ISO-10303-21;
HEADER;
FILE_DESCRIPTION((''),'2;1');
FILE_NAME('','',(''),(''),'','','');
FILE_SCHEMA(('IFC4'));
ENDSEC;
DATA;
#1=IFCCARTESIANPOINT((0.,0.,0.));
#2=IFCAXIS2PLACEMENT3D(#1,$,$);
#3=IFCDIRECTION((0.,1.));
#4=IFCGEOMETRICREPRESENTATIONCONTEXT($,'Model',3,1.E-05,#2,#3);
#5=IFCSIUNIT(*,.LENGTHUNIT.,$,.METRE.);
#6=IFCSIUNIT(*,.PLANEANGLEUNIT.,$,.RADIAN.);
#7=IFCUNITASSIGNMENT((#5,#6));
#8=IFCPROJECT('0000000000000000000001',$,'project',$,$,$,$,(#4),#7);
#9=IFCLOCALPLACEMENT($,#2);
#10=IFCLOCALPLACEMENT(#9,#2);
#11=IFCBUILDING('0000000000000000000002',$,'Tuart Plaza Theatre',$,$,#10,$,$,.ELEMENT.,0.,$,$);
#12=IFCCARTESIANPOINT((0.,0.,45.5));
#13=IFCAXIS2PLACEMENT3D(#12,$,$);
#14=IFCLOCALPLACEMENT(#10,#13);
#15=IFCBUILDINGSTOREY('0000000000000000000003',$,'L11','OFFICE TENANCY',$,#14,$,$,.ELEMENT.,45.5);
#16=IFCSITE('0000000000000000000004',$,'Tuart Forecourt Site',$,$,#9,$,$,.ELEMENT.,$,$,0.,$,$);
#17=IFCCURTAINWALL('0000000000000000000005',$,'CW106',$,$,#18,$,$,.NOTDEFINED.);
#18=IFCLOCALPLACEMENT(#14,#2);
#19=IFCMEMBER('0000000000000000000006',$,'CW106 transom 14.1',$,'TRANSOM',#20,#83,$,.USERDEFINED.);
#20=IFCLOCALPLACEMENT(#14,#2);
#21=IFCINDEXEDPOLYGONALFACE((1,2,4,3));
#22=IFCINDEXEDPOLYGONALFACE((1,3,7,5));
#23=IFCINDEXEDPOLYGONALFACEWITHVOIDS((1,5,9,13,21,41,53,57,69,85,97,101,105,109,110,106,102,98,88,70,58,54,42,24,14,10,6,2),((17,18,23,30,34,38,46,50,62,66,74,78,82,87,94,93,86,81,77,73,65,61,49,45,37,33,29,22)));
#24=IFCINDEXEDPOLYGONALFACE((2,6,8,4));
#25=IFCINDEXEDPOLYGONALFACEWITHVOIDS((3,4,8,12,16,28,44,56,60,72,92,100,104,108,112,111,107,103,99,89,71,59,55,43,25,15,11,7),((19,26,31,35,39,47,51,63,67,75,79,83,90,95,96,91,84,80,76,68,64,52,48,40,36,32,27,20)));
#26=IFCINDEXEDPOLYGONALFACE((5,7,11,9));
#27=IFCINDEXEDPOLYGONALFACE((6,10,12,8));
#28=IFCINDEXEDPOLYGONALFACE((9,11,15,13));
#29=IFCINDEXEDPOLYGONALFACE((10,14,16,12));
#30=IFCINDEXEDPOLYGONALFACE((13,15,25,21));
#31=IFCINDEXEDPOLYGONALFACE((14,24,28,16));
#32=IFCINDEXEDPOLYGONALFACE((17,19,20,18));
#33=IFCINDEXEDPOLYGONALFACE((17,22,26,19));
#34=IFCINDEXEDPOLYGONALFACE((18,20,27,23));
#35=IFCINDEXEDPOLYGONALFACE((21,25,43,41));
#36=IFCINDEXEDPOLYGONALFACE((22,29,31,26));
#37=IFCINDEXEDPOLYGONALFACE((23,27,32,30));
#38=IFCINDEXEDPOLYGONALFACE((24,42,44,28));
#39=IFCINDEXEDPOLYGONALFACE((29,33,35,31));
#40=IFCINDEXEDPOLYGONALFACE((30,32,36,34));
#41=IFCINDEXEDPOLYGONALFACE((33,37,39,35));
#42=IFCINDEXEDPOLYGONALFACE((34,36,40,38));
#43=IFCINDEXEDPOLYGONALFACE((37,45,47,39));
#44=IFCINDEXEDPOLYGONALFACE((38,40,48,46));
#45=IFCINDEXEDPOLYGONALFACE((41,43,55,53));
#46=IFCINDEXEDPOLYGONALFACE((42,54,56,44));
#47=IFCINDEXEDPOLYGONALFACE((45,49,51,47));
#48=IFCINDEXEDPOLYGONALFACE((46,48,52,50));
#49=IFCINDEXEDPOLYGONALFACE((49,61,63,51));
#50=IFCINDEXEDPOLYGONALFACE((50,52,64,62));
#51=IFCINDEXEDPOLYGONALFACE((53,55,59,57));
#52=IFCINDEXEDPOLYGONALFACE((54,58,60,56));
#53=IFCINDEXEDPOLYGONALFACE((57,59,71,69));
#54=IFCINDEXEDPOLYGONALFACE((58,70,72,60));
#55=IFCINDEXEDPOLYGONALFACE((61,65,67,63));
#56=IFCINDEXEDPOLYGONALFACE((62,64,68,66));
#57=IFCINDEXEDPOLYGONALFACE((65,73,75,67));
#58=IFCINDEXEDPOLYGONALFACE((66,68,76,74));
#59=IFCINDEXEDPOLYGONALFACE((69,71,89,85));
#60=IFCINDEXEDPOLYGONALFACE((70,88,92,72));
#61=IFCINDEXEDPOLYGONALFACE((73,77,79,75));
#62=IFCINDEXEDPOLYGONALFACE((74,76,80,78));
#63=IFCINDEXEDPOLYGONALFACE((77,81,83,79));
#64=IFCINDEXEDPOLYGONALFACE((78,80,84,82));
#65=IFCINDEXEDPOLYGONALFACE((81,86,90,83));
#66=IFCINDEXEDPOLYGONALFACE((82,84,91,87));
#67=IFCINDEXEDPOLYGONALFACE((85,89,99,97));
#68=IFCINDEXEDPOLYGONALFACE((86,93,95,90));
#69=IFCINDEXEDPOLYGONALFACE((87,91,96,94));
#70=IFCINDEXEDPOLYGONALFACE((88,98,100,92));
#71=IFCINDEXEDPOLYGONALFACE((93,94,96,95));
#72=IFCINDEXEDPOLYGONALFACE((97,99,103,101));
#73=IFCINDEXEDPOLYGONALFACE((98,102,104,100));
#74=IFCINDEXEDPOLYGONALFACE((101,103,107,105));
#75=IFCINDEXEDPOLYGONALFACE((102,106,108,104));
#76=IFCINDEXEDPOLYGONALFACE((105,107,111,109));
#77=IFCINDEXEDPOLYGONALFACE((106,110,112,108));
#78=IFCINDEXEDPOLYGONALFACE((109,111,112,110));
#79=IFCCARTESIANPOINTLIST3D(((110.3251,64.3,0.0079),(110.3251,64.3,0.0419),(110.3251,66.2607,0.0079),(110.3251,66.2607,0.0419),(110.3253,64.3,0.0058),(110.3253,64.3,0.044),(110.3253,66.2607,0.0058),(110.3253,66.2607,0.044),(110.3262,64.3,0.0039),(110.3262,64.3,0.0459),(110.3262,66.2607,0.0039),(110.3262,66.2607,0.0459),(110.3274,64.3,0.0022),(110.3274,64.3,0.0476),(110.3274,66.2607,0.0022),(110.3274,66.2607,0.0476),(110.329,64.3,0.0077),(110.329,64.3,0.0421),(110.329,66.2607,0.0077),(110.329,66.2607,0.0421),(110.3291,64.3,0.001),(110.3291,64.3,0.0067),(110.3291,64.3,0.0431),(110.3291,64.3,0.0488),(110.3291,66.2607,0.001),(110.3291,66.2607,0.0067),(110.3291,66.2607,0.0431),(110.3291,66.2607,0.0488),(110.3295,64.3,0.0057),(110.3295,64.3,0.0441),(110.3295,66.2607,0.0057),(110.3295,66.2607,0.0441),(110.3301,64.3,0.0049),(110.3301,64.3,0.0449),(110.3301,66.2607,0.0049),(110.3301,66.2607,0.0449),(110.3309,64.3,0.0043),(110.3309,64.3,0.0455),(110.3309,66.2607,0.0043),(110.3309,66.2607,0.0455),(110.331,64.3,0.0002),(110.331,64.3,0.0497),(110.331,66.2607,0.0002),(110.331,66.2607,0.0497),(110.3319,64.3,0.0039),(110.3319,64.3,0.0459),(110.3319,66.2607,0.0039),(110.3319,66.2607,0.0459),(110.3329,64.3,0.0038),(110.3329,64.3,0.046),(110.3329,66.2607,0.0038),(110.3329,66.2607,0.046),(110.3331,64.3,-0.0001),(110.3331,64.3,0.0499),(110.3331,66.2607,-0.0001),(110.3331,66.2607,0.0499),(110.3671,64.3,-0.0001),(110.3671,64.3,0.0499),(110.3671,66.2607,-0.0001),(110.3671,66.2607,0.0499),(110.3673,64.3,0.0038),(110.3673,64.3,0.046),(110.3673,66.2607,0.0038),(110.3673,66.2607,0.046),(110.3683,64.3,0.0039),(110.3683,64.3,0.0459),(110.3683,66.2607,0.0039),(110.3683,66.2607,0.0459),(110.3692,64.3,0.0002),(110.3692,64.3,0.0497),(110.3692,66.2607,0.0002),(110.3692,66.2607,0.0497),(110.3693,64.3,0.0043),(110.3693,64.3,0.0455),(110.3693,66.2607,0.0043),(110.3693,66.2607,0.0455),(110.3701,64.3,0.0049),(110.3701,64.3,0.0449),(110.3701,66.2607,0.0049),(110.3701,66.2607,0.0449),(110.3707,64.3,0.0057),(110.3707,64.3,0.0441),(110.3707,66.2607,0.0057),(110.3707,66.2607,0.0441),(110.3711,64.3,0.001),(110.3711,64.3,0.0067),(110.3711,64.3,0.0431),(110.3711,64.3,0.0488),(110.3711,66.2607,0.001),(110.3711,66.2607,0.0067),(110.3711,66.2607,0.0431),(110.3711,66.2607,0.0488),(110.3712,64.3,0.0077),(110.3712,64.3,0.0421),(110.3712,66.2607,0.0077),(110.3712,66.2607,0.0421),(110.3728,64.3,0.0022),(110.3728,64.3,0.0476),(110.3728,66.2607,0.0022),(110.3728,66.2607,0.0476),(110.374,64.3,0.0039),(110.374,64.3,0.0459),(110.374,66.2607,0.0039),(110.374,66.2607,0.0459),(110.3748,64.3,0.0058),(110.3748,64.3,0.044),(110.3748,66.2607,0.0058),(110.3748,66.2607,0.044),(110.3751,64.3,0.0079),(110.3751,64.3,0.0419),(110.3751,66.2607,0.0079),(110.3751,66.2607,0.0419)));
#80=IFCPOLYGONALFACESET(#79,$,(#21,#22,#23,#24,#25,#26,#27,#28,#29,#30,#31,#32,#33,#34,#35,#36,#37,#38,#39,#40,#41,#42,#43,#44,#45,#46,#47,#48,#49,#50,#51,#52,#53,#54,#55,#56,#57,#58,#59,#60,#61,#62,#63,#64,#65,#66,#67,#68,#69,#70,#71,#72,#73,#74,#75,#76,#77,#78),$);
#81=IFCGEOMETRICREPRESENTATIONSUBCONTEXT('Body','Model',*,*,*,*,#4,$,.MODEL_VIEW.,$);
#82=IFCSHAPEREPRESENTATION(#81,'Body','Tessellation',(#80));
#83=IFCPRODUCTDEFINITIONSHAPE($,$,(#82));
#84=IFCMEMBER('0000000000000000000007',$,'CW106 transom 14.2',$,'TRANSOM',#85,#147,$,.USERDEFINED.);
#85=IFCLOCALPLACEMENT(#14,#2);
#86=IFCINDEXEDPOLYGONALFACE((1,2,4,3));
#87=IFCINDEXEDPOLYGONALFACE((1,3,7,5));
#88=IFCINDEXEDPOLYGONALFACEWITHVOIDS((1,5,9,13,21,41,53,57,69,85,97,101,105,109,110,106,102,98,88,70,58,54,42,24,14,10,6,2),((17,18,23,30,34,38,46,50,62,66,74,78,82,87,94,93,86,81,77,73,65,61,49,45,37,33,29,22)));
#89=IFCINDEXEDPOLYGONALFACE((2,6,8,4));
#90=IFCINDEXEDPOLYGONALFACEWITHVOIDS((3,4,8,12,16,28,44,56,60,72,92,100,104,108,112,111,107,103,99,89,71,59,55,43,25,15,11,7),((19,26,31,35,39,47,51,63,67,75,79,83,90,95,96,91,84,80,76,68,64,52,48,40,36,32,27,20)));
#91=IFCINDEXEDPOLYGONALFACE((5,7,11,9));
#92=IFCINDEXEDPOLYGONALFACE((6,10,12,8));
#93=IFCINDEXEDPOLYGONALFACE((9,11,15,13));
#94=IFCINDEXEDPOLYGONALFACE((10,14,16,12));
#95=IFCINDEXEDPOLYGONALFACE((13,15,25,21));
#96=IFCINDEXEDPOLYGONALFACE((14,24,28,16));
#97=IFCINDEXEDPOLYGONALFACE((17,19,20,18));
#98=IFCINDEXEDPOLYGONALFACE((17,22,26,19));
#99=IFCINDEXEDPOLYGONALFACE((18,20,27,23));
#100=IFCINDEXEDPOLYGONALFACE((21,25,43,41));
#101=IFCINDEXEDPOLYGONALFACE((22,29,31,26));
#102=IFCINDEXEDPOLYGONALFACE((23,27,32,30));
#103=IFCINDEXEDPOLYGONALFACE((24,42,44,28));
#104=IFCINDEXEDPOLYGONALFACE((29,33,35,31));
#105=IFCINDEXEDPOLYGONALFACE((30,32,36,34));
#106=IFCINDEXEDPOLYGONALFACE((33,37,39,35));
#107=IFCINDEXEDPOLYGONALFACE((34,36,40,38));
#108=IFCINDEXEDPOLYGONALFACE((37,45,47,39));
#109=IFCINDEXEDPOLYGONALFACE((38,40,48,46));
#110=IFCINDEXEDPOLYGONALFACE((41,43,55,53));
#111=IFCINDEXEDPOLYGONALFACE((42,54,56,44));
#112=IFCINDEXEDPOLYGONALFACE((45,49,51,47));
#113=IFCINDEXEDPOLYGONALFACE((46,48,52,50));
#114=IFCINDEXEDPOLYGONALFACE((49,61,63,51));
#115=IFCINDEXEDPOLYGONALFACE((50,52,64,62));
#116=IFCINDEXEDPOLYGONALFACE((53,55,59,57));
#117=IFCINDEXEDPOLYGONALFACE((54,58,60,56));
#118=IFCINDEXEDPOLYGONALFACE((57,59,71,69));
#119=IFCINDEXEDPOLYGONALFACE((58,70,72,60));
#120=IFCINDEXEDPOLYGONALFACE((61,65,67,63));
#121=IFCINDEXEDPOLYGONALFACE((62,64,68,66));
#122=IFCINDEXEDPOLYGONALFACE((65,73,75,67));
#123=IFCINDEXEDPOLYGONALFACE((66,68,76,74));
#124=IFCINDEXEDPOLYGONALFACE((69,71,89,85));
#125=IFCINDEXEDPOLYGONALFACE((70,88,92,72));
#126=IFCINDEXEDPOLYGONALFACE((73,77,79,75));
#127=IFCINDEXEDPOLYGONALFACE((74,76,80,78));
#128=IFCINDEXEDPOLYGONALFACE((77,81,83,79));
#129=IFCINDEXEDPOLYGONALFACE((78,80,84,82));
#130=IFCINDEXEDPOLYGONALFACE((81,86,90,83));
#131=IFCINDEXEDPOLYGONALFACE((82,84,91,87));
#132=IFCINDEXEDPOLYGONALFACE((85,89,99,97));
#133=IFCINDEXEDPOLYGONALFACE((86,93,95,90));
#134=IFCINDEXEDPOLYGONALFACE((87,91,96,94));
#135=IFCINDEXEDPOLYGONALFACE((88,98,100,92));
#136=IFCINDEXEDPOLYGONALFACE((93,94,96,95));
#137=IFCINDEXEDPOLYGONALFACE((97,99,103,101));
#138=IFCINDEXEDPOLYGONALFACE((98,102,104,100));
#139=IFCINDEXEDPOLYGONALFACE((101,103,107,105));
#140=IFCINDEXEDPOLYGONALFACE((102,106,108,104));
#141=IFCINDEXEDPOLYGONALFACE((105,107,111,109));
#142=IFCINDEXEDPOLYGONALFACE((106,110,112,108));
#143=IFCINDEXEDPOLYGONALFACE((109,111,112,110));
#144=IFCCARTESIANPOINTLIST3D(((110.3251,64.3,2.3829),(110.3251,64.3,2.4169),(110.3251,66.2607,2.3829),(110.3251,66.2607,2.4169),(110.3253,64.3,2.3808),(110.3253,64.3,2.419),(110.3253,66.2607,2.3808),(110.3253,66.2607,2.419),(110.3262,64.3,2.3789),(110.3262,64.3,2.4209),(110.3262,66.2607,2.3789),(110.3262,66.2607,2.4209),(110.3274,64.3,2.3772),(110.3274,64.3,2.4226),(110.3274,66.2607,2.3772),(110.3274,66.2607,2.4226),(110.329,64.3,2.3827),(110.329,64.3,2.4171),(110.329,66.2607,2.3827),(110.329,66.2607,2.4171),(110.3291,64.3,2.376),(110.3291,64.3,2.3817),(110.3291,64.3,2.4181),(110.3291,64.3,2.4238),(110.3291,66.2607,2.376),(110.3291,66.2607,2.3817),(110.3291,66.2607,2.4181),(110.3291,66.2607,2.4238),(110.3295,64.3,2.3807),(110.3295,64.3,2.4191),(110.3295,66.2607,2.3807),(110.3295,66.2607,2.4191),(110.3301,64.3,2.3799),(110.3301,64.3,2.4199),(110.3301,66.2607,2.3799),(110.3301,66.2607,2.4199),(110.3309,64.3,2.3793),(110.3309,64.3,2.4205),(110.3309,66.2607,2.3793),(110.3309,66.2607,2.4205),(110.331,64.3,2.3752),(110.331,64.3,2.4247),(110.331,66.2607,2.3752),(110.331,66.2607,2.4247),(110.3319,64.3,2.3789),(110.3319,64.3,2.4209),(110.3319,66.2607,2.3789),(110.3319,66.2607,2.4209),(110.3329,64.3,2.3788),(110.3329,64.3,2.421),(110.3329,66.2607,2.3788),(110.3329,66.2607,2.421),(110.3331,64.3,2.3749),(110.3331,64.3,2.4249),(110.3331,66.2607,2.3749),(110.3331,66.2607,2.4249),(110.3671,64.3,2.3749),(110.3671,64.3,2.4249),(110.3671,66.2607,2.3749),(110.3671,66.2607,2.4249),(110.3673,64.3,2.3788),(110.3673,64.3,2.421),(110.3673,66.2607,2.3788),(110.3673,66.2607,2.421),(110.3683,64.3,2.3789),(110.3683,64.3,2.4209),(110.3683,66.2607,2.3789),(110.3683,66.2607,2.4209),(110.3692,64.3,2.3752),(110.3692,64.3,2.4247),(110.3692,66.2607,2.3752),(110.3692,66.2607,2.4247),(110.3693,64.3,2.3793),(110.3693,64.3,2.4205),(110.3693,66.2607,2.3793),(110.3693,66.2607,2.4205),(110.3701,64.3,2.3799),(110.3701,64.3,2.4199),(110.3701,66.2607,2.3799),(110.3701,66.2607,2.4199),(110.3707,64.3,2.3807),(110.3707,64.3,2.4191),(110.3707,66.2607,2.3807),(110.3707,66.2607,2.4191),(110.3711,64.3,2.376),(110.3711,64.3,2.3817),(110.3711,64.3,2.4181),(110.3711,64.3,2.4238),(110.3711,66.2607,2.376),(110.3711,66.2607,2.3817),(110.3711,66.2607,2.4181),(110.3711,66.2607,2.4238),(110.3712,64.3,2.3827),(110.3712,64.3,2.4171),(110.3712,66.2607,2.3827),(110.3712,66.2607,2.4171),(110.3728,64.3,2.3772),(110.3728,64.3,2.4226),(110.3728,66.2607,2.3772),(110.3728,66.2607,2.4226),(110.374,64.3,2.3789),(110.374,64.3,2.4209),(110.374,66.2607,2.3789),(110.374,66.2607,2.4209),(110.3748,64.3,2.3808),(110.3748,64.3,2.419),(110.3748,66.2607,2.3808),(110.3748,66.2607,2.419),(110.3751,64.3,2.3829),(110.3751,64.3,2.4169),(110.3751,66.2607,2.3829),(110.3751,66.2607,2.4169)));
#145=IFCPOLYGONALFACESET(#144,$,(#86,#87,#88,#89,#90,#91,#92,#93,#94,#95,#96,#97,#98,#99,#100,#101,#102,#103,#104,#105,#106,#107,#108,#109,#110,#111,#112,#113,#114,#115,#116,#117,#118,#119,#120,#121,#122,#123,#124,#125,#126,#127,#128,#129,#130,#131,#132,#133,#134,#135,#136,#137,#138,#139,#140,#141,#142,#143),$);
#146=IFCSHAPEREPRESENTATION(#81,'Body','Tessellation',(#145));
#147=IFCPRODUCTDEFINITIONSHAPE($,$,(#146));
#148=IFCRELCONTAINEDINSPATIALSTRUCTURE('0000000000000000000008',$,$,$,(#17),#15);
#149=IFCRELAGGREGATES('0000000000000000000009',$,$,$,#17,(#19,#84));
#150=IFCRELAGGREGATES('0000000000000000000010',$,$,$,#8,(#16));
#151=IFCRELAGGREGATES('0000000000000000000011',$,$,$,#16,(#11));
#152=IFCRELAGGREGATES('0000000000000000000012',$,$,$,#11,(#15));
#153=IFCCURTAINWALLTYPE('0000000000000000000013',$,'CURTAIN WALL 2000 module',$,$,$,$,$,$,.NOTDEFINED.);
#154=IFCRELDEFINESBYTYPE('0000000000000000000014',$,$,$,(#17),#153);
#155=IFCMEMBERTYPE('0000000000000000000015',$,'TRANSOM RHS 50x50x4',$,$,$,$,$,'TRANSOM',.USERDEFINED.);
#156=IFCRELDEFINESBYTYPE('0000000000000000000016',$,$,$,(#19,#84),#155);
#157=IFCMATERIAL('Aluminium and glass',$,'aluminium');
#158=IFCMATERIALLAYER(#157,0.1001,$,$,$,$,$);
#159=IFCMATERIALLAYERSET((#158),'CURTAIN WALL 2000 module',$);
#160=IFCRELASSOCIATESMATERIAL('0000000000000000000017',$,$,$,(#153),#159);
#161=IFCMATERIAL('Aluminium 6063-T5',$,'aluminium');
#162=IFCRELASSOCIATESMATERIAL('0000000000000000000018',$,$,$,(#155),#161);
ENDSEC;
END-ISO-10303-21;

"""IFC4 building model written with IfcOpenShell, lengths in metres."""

from ifc_helpers import new_model, si_unit, direction, frame, origin, origin_2d, place, context, subcontext, project, spatial, hollow_rectangle, extrude, material, layer, layer_set, material_profile, profile_set, type_object, element, aggregate, save


model = new_model("IFC4")

# Units and contexts
model_context = context("Model", 3, precision=1e-05, world=origin(), true_north=direction((0.0, 1.0)))
body_context = subcontext(model_context, "Body", "Model", "MODEL_VIEW")
ifc_project = project(units=[si_unit("LENGTHUNIT", "METRE"), si_unit("PLANEANGLEUNIT", "RADIAN")], contexts=[model_context])

# Site, building, storey
site_placement = place(None, origin())
site = spatial("IfcSite", under=ifc_project, at=site_placement, Name="Tuart Forecourt Site", CompositionType="ELEMENT", RefElevation=0.0)
building_placement = place(site_placement, origin())
building = spatial("IfcBuilding", under=site, at=building_placement, Name="Tuart Plaza Theatre", CompositionType="ELEMENT", ElevationOfRefHeight=0.0)
storey_placement = place(building_placement, frame((0.0, 0.0, 45.5)))
storey = spatial("IfcBuildingStorey", under=building, at=storey_placement, Name="L11", Description="OFFICE TENANCY", CompositionType="ELEMENT", Elevation=45.5)

# Curtain wall, members
ifc_material_1 = material(Name="Aluminium and glass", Category="aluminium")
ifc_layer_1 = layer(ifc_material_1, 0.1001)
ifc_layer_set_1 = layer_set([ifc_layer_1], Name="CURTAIN WALL 2000 module")
curtain_wall_type = type_object("IfcCurtainWallType", Name="CURTAIN WALL 2000 module", PredefinedType="NOTDEFINED", material=ifc_layer_set_1)
curtain_wall_1_placement = place(storey_placement, origin())
curtain_wall_1 = element("IfcCurtainWall", 1, at=curtain_wall_1_placement, inside=storey, type_object=curtain_wall_type, Name="CW106", PredefinedType="NOTDEFINED")
ifc_material_2 = material(Name="Aluminium 6063-T5", Category="aluminium")
ifc_material_profile_1 = material_profile(ifc_material_2, hollow_rectangle(XDim=0.05, YDim=0.05, WallThickness=0.0039, InnerFilletRadius=0.0039, OuterFilletRadius=0.0081, at=origin_2d()), Name="RHS 50x50x4")
ifc_profile_set_1 = profile_set([ifc_material_profile_1], Name="Aluminium 6063-T5")
member_type_1 = type_object("IfcMemberType", Name="TRANSOM RHS 50x50x4", ElementType="TRANSOM", PredefinedType="USERDEFINED", material=ifc_profile_set_1)
member_1_placement = place(storey_placement, frame((110.3501, 66.2607, 0.0249), z_axis=(0.0, -1.0, 0.0), x_axis=(1.0, 0.0, 0.0)))
member_1 = element("IfcMember", 2, at=member_1_placement, type_object=member_type_1, Name="CW106 transom 14.1", ObjectType="TRANSOM", PredefinedType="USERDEFINED", context=body_context, shape_type="SweptSolid", body=[
    extrude(hollow_rectangle(XDim=0.05, YDim=0.05, WallThickness=0.0039, InnerFilletRadius=0.0039, OuterFilletRadius=0.0081, at=origin_2d()), origin(), (0.0, 0.0, 1.0), 1.9607),
])
member_2_placement = place(storey_placement, frame((110.3501, 66.2607, 2.3999), z_axis=(0.0, -1.0, 0.0), x_axis=(1.0, 0.0, 0.0)))
member_2 = element("IfcMember", 3, at=member_2_placement, type_object=member_type_1, Name="CW106 transom 14.2", ObjectType="TRANSOM", PredefinedType="USERDEFINED", context=body_context, shape_type="SweptSolid", body=[
    extrude(hollow_rectangle(XDim=0.05, YDim=0.05, WallThickness=0.0039, InnerFilletRadius=0.0039, OuterFilletRadius=0.0081, at=origin_2d()), origin(), (0.0, 0.0, 1.0), 1.9607),
])

aggregate(curtain_wall_1, [member_1, member_2])

save(model, "model.ifc")
